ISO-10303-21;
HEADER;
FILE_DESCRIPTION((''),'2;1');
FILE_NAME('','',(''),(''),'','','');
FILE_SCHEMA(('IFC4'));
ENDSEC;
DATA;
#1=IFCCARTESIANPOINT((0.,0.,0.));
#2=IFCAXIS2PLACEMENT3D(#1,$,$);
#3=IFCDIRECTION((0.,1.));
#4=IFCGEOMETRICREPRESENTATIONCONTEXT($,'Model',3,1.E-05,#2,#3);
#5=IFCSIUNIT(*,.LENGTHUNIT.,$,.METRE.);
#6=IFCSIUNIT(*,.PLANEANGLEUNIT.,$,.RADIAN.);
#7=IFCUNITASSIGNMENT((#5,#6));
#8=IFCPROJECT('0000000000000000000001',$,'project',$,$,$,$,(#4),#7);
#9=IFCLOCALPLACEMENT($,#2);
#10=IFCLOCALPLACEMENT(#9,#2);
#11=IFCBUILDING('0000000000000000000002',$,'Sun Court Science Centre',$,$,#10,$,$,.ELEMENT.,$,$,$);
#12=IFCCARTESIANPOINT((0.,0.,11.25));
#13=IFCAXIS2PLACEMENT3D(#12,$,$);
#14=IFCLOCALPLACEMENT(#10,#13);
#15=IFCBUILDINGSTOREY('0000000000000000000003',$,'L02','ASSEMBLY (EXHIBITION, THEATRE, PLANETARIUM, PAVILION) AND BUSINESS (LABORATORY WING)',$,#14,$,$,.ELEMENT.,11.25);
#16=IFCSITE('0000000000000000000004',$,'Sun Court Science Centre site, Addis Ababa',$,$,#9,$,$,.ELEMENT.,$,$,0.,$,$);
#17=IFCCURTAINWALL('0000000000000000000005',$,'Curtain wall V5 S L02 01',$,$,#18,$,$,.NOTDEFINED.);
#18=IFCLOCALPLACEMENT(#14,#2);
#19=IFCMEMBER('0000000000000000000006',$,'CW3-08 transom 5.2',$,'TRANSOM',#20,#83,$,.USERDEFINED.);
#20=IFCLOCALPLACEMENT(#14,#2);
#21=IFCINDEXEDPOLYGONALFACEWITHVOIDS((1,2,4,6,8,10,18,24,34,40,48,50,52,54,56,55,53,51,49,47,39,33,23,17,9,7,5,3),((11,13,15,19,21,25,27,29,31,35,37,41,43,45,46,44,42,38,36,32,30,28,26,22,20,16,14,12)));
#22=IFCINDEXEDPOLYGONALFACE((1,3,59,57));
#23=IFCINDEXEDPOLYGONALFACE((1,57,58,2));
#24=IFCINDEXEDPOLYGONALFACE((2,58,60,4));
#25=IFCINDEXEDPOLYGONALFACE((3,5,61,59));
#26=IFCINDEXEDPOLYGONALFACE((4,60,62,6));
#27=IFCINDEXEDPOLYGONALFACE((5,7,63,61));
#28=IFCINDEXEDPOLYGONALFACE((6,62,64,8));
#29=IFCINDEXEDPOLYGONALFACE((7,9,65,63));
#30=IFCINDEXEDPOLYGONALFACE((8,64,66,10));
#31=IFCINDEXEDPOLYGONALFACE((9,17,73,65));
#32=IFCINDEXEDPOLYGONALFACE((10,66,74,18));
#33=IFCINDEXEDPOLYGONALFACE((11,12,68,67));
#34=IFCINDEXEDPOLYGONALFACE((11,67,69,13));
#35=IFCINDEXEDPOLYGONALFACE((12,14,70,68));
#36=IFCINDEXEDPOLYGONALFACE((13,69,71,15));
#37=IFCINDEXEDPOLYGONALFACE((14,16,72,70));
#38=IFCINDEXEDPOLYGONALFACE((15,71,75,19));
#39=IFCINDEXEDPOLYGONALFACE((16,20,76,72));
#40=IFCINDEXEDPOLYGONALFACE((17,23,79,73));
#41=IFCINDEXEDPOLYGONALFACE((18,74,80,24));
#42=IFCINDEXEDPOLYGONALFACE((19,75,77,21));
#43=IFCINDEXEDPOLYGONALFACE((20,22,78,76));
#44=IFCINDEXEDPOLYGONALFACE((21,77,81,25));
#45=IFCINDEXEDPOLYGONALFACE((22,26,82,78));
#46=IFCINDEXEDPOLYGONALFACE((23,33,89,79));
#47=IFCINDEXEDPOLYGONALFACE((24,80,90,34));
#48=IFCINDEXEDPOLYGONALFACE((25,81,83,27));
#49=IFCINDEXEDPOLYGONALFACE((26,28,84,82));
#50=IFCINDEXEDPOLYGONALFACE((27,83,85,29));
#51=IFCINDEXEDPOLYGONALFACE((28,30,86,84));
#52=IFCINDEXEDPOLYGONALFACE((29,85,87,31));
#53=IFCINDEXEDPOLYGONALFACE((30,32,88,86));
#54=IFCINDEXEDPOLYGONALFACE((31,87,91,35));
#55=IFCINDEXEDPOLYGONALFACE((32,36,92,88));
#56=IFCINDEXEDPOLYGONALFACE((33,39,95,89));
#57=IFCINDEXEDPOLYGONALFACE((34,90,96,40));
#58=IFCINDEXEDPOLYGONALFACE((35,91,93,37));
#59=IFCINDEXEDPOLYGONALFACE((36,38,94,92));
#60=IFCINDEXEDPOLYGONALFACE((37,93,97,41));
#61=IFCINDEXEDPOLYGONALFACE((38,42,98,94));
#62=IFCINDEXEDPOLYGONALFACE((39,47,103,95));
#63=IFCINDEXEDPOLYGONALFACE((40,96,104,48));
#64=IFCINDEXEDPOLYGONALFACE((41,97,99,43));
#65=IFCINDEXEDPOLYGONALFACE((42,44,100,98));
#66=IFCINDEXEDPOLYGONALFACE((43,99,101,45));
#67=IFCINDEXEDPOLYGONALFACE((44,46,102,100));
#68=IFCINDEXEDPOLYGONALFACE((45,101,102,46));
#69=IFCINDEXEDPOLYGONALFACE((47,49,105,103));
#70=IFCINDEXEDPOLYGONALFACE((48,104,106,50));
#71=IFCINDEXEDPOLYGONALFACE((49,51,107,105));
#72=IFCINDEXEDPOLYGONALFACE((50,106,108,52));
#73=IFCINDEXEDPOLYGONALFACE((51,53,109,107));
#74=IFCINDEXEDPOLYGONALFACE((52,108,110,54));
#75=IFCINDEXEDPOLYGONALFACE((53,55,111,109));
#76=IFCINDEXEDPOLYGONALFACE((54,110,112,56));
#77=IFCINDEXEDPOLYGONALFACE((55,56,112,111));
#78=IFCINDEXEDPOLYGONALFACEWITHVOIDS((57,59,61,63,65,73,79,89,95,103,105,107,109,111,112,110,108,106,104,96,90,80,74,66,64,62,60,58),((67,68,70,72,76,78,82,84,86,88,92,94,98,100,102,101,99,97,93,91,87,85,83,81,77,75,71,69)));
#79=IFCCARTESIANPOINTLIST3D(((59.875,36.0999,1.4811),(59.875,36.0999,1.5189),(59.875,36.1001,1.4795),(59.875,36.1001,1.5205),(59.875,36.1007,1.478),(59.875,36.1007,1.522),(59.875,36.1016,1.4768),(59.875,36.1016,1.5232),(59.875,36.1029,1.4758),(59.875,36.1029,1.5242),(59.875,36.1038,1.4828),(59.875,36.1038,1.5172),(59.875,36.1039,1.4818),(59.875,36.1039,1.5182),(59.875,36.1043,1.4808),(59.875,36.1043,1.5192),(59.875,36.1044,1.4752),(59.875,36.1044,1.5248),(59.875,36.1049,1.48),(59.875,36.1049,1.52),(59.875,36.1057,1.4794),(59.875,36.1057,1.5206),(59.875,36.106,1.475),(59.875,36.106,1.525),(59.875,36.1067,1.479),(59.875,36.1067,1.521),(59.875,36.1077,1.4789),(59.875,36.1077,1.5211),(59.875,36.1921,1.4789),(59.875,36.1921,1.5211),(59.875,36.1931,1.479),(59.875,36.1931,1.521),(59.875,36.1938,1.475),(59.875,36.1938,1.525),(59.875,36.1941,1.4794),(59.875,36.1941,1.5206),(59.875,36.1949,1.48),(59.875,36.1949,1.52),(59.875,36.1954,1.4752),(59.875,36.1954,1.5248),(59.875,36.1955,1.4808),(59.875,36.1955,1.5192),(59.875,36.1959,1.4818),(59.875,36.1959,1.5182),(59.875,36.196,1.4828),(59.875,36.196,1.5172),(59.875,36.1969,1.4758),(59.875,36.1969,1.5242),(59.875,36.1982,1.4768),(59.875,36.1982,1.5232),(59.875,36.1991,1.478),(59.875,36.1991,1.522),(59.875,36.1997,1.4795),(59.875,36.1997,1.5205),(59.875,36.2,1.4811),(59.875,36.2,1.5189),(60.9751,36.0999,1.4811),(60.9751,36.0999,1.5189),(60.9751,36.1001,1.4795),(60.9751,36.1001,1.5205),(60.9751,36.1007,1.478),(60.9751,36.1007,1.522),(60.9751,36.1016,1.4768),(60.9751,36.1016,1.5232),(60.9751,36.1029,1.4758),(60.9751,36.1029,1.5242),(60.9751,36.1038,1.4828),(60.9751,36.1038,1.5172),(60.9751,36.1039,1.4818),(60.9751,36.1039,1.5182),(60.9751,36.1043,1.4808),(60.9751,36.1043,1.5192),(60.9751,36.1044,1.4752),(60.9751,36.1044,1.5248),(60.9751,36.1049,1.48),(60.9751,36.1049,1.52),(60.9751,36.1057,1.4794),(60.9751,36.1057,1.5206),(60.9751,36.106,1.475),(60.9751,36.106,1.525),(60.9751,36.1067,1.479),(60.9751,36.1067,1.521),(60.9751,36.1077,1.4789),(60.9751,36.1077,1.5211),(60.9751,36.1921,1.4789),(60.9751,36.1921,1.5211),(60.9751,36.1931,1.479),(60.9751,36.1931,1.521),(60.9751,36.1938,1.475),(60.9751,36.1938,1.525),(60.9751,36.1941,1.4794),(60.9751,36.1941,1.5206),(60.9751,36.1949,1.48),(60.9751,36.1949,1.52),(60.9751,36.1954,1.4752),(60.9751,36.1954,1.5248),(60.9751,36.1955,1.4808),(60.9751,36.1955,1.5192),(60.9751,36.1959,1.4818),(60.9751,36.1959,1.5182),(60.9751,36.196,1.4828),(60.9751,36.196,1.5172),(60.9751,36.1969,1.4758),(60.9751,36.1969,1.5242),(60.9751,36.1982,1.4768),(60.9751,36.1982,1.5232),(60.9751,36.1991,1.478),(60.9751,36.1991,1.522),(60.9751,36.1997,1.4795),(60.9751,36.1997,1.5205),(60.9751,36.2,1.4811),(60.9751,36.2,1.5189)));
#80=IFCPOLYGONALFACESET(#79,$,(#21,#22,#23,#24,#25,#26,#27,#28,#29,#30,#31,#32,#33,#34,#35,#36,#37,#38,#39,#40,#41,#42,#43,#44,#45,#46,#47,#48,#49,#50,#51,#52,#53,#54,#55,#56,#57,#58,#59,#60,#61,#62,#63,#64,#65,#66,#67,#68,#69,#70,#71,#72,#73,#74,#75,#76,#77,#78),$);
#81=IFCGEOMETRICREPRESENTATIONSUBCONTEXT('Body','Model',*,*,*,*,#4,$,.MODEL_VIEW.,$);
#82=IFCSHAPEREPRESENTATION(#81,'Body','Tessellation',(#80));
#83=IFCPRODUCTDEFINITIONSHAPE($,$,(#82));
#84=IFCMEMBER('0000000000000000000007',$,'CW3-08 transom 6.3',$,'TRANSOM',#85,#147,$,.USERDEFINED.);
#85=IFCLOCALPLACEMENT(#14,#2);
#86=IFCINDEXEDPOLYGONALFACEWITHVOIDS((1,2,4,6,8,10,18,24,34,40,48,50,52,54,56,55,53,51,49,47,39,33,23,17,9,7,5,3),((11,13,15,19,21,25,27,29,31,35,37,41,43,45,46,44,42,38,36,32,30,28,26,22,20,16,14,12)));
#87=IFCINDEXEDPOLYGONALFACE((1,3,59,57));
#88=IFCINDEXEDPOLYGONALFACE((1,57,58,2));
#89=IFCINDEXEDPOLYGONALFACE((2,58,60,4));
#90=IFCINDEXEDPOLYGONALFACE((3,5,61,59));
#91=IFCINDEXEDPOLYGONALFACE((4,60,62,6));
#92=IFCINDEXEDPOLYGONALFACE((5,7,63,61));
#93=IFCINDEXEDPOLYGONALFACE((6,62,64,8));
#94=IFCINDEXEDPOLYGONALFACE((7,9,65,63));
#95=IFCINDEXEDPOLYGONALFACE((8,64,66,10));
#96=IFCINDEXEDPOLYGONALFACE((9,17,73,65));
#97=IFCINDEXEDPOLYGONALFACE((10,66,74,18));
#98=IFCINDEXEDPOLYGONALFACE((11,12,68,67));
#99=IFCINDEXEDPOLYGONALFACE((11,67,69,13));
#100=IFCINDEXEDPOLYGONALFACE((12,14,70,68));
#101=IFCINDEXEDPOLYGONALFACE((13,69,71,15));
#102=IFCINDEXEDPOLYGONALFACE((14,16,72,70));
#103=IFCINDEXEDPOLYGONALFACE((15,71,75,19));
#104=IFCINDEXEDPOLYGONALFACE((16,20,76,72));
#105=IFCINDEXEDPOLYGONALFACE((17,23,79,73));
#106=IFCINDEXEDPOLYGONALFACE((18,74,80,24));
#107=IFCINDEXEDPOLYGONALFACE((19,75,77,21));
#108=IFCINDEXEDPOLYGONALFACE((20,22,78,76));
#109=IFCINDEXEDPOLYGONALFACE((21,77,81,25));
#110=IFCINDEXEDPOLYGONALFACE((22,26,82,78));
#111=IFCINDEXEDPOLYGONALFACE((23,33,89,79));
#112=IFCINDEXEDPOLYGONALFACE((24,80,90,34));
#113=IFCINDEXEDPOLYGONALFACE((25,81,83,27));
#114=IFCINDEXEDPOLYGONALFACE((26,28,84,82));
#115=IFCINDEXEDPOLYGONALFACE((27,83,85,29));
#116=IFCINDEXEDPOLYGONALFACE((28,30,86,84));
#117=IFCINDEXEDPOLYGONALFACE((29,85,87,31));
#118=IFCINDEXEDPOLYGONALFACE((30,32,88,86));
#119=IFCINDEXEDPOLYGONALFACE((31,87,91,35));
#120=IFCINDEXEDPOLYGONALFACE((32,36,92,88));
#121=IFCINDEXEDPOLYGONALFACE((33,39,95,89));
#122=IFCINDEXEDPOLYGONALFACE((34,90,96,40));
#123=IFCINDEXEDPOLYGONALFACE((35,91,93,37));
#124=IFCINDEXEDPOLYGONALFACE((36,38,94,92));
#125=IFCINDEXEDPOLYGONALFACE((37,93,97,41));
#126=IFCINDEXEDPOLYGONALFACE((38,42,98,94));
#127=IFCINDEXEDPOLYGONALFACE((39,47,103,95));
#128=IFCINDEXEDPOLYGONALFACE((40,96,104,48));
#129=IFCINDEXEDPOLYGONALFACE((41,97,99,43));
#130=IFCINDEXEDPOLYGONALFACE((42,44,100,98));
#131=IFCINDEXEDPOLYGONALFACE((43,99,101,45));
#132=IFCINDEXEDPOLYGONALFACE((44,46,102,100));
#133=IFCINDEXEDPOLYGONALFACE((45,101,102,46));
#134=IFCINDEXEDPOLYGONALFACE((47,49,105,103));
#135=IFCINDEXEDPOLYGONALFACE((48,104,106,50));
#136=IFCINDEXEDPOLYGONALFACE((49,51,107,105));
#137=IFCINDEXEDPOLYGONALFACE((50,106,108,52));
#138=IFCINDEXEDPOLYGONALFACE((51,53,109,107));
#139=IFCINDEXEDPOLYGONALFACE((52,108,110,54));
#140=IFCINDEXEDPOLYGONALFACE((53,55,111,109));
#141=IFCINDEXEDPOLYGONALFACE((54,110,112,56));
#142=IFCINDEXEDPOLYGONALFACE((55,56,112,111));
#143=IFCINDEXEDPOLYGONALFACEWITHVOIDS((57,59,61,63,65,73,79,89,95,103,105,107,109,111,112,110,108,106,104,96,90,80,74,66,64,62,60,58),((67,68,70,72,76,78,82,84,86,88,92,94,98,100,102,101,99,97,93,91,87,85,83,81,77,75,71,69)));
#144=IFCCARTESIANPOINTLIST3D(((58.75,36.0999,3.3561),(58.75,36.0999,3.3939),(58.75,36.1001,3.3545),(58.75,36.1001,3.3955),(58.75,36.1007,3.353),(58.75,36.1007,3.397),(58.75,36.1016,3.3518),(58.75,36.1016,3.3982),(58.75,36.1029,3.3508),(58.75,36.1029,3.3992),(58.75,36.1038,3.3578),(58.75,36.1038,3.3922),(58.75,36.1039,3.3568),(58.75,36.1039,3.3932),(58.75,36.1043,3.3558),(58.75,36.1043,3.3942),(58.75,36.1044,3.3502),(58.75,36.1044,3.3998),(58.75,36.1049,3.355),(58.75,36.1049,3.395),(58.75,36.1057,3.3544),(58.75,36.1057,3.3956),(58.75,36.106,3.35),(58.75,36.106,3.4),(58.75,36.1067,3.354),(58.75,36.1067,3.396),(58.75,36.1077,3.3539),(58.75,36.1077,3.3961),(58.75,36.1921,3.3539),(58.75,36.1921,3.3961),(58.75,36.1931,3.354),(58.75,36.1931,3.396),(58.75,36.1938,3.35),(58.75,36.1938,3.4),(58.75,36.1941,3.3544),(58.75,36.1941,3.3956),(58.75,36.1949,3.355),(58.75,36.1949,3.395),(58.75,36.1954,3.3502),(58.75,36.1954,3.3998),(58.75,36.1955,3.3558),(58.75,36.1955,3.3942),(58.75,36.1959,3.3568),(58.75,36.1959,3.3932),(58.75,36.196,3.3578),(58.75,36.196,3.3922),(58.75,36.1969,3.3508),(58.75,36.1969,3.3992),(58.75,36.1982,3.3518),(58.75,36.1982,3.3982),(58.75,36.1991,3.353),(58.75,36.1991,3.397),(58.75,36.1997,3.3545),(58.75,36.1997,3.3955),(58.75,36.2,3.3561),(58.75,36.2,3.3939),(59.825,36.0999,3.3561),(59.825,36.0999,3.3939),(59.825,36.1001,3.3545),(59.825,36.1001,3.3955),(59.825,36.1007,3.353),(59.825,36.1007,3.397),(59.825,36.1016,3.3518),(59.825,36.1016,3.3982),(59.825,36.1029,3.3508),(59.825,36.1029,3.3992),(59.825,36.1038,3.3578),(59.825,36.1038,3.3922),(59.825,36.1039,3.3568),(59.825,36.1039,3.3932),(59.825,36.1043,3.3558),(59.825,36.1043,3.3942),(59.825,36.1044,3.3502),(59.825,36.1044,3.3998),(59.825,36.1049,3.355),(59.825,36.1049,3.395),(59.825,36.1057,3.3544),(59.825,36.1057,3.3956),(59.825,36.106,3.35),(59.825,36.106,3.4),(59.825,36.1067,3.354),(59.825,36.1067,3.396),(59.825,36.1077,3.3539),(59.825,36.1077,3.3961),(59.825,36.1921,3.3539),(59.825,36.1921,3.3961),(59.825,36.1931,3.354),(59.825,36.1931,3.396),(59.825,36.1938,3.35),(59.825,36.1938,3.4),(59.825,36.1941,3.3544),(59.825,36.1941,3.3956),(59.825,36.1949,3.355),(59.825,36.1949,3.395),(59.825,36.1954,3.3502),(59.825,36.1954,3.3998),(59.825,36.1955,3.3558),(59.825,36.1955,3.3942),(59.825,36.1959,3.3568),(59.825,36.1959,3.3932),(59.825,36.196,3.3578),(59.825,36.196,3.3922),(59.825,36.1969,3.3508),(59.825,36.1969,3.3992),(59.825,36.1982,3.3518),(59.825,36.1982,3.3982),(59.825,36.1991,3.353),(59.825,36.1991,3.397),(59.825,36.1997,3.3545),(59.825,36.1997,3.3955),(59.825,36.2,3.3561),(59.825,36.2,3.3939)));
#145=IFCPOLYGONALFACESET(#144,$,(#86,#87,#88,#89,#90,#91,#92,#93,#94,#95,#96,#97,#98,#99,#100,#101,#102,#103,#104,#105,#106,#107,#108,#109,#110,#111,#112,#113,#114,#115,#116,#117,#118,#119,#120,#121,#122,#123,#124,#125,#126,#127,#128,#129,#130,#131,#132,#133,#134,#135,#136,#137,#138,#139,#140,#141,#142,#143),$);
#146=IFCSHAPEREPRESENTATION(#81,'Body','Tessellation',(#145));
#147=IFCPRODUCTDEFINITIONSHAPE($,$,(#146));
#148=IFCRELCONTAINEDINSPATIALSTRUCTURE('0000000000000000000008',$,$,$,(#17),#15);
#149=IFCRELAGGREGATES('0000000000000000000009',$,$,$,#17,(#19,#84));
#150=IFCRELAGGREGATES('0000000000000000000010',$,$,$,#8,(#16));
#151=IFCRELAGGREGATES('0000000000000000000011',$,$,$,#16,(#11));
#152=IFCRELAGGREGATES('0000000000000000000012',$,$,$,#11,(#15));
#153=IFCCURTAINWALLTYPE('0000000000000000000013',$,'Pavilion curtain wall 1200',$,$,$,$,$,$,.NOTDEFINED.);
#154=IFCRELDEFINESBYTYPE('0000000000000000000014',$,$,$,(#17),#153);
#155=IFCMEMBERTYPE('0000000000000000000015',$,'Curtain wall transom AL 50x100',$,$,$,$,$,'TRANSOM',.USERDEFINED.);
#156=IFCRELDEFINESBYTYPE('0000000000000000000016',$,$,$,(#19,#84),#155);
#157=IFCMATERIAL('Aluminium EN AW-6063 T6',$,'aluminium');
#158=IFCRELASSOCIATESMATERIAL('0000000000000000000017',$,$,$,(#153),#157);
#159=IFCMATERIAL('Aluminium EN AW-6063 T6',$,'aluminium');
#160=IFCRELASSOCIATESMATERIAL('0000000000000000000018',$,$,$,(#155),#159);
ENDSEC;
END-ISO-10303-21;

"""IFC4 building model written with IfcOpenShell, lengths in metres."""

from ifc_helpers import new_model, si_unit, direction, frame, origin, origin_2d, place, context, subcontext, project, spatial, hollow_rectangle, extrude, material, material_profile, profile_set, type_object, element, aggregate, save


model = new_model("IFC4")

# Units and contexts
model_context = context("Model", 3, precision=1e-05, world=origin(), true_north=direction((0.0, 1.0)))
body_context = subcontext(model_context, "Body", "Model", "MODEL_VIEW")
ifc_project = project(units=[si_unit("LENGTHUNIT", "METRE"), si_unit("PLANEANGLEUNIT", "RADIAN")], contexts=[model_context])

# Site, building, storey
site_placement = place(None, origin())
site = spatial("IfcSite", under=ifc_project, at=site_placement, Name="Sun Court Science Centre site, Addis Ababa", CompositionType="ELEMENT", RefElevation=0.0)
building_placement = place(site_placement, origin())
building = spatial("IfcBuilding", under=site, at=building_placement, Name="Sun Court Science Centre", CompositionType="ELEMENT")
storey_placement = place(building_placement, frame((0.0, 0.0, 11.25)))
storey = spatial("IfcBuildingStorey", under=building, at=storey_placement, Name="L02", Description="ASSEMBLY (EXHIBITION, THEATRE, PLANETARIUM, PAVILION) AND BUSINESS (LABORATORY WING)", CompositionType="ELEMENT", Elevation=11.25)

# Curtain wall
ifc_material_1 = material(Name="Aluminium EN AW-6063 T6", Category="aluminium")
curtain_wall_type_1 = type_object("IfcCurtainWallType", Name="Pavilion curtain wall 1200", PredefinedType="NOTDEFINED", material=ifc_material_1)
curtain_wall_1_placement = place(storey_placement, origin())
curtain_wall_1 = element("IfcCurtainWall", 1, at=curtain_wall_1_placement, inside=storey, type_object=curtain_wall_type_1, Name="Curtain wall V5 S L02 01", PredefinedType="NOTDEFINED")

# Members
ifc_material_2 = material(Name="Aluminium EN AW-6063 T6", Category="aluminium")
ifc_material_profile_1 = material_profile(ifc_material_2, hollow_rectangle(XDim=0.05, YDim=0.1001, WallThickness=0.0039, InnerFilletRadius=0.0039, OuterFilletRadius=0.0061, at=origin_2d()), Name="AL 50x100x4")
ifc_profile_set_1 = profile_set([ifc_material_profile_1], Name="Aluminium EN AW-6063 T6")
member_type_1 = type_object("IfcMemberType", Name="Curtain wall transom AL 50x100", ElementType="TRANSOM", PredefinedType="USERDEFINED", material=ifc_profile_set_1)
member_1_placement = place(storey_placement, frame((60.9751, 36.1499, 1.5), z_axis=(-1.0, 0.0, 0.0), x_axis=(0.0, 0.0, 1.0)))
member_1 = element("IfcMember", 2, at=member_1_placement, type_object=member_type_1, Name="CW3-08 transom 5.2", ObjectType="TRANSOM", PredefinedType="USERDEFINED", context=body_context, shape_type="SweptSolid", body=[
    extrude(hollow_rectangle(XDim=0.05, YDim=0.1001, WallThickness=0.0039, InnerFilletRadius=0.0039, OuterFilletRadius=0.0061, at=origin_2d()), origin(), (0.0, 0.0, 1.0), 1.1001),
])
member_2_placement = place(storey_placement, frame((59.825, 36.1499, 3.375), z_axis=(-1.0, 0.0, 0.0), x_axis=(0.0, 0.0, 1.0)))
member_2 = element("IfcMember", 3, at=member_2_placement, type_object=member_type_1, Name="CW3-08 transom 6.3", ObjectType="TRANSOM", PredefinedType="USERDEFINED", context=body_context, shape_type="SweptSolid", body=[
    extrude(hollow_rectangle(XDim=0.05, YDim=0.1001, WallThickness=0.0039, InnerFilletRadius=0.0039, OuterFilletRadius=0.0061, at=origin_2d()), origin(), (0.0, 0.0, 1.0), 1.075),
])

aggregate(curtain_wall_1, [member_1, member_2])

save(model, "model.ifc")
